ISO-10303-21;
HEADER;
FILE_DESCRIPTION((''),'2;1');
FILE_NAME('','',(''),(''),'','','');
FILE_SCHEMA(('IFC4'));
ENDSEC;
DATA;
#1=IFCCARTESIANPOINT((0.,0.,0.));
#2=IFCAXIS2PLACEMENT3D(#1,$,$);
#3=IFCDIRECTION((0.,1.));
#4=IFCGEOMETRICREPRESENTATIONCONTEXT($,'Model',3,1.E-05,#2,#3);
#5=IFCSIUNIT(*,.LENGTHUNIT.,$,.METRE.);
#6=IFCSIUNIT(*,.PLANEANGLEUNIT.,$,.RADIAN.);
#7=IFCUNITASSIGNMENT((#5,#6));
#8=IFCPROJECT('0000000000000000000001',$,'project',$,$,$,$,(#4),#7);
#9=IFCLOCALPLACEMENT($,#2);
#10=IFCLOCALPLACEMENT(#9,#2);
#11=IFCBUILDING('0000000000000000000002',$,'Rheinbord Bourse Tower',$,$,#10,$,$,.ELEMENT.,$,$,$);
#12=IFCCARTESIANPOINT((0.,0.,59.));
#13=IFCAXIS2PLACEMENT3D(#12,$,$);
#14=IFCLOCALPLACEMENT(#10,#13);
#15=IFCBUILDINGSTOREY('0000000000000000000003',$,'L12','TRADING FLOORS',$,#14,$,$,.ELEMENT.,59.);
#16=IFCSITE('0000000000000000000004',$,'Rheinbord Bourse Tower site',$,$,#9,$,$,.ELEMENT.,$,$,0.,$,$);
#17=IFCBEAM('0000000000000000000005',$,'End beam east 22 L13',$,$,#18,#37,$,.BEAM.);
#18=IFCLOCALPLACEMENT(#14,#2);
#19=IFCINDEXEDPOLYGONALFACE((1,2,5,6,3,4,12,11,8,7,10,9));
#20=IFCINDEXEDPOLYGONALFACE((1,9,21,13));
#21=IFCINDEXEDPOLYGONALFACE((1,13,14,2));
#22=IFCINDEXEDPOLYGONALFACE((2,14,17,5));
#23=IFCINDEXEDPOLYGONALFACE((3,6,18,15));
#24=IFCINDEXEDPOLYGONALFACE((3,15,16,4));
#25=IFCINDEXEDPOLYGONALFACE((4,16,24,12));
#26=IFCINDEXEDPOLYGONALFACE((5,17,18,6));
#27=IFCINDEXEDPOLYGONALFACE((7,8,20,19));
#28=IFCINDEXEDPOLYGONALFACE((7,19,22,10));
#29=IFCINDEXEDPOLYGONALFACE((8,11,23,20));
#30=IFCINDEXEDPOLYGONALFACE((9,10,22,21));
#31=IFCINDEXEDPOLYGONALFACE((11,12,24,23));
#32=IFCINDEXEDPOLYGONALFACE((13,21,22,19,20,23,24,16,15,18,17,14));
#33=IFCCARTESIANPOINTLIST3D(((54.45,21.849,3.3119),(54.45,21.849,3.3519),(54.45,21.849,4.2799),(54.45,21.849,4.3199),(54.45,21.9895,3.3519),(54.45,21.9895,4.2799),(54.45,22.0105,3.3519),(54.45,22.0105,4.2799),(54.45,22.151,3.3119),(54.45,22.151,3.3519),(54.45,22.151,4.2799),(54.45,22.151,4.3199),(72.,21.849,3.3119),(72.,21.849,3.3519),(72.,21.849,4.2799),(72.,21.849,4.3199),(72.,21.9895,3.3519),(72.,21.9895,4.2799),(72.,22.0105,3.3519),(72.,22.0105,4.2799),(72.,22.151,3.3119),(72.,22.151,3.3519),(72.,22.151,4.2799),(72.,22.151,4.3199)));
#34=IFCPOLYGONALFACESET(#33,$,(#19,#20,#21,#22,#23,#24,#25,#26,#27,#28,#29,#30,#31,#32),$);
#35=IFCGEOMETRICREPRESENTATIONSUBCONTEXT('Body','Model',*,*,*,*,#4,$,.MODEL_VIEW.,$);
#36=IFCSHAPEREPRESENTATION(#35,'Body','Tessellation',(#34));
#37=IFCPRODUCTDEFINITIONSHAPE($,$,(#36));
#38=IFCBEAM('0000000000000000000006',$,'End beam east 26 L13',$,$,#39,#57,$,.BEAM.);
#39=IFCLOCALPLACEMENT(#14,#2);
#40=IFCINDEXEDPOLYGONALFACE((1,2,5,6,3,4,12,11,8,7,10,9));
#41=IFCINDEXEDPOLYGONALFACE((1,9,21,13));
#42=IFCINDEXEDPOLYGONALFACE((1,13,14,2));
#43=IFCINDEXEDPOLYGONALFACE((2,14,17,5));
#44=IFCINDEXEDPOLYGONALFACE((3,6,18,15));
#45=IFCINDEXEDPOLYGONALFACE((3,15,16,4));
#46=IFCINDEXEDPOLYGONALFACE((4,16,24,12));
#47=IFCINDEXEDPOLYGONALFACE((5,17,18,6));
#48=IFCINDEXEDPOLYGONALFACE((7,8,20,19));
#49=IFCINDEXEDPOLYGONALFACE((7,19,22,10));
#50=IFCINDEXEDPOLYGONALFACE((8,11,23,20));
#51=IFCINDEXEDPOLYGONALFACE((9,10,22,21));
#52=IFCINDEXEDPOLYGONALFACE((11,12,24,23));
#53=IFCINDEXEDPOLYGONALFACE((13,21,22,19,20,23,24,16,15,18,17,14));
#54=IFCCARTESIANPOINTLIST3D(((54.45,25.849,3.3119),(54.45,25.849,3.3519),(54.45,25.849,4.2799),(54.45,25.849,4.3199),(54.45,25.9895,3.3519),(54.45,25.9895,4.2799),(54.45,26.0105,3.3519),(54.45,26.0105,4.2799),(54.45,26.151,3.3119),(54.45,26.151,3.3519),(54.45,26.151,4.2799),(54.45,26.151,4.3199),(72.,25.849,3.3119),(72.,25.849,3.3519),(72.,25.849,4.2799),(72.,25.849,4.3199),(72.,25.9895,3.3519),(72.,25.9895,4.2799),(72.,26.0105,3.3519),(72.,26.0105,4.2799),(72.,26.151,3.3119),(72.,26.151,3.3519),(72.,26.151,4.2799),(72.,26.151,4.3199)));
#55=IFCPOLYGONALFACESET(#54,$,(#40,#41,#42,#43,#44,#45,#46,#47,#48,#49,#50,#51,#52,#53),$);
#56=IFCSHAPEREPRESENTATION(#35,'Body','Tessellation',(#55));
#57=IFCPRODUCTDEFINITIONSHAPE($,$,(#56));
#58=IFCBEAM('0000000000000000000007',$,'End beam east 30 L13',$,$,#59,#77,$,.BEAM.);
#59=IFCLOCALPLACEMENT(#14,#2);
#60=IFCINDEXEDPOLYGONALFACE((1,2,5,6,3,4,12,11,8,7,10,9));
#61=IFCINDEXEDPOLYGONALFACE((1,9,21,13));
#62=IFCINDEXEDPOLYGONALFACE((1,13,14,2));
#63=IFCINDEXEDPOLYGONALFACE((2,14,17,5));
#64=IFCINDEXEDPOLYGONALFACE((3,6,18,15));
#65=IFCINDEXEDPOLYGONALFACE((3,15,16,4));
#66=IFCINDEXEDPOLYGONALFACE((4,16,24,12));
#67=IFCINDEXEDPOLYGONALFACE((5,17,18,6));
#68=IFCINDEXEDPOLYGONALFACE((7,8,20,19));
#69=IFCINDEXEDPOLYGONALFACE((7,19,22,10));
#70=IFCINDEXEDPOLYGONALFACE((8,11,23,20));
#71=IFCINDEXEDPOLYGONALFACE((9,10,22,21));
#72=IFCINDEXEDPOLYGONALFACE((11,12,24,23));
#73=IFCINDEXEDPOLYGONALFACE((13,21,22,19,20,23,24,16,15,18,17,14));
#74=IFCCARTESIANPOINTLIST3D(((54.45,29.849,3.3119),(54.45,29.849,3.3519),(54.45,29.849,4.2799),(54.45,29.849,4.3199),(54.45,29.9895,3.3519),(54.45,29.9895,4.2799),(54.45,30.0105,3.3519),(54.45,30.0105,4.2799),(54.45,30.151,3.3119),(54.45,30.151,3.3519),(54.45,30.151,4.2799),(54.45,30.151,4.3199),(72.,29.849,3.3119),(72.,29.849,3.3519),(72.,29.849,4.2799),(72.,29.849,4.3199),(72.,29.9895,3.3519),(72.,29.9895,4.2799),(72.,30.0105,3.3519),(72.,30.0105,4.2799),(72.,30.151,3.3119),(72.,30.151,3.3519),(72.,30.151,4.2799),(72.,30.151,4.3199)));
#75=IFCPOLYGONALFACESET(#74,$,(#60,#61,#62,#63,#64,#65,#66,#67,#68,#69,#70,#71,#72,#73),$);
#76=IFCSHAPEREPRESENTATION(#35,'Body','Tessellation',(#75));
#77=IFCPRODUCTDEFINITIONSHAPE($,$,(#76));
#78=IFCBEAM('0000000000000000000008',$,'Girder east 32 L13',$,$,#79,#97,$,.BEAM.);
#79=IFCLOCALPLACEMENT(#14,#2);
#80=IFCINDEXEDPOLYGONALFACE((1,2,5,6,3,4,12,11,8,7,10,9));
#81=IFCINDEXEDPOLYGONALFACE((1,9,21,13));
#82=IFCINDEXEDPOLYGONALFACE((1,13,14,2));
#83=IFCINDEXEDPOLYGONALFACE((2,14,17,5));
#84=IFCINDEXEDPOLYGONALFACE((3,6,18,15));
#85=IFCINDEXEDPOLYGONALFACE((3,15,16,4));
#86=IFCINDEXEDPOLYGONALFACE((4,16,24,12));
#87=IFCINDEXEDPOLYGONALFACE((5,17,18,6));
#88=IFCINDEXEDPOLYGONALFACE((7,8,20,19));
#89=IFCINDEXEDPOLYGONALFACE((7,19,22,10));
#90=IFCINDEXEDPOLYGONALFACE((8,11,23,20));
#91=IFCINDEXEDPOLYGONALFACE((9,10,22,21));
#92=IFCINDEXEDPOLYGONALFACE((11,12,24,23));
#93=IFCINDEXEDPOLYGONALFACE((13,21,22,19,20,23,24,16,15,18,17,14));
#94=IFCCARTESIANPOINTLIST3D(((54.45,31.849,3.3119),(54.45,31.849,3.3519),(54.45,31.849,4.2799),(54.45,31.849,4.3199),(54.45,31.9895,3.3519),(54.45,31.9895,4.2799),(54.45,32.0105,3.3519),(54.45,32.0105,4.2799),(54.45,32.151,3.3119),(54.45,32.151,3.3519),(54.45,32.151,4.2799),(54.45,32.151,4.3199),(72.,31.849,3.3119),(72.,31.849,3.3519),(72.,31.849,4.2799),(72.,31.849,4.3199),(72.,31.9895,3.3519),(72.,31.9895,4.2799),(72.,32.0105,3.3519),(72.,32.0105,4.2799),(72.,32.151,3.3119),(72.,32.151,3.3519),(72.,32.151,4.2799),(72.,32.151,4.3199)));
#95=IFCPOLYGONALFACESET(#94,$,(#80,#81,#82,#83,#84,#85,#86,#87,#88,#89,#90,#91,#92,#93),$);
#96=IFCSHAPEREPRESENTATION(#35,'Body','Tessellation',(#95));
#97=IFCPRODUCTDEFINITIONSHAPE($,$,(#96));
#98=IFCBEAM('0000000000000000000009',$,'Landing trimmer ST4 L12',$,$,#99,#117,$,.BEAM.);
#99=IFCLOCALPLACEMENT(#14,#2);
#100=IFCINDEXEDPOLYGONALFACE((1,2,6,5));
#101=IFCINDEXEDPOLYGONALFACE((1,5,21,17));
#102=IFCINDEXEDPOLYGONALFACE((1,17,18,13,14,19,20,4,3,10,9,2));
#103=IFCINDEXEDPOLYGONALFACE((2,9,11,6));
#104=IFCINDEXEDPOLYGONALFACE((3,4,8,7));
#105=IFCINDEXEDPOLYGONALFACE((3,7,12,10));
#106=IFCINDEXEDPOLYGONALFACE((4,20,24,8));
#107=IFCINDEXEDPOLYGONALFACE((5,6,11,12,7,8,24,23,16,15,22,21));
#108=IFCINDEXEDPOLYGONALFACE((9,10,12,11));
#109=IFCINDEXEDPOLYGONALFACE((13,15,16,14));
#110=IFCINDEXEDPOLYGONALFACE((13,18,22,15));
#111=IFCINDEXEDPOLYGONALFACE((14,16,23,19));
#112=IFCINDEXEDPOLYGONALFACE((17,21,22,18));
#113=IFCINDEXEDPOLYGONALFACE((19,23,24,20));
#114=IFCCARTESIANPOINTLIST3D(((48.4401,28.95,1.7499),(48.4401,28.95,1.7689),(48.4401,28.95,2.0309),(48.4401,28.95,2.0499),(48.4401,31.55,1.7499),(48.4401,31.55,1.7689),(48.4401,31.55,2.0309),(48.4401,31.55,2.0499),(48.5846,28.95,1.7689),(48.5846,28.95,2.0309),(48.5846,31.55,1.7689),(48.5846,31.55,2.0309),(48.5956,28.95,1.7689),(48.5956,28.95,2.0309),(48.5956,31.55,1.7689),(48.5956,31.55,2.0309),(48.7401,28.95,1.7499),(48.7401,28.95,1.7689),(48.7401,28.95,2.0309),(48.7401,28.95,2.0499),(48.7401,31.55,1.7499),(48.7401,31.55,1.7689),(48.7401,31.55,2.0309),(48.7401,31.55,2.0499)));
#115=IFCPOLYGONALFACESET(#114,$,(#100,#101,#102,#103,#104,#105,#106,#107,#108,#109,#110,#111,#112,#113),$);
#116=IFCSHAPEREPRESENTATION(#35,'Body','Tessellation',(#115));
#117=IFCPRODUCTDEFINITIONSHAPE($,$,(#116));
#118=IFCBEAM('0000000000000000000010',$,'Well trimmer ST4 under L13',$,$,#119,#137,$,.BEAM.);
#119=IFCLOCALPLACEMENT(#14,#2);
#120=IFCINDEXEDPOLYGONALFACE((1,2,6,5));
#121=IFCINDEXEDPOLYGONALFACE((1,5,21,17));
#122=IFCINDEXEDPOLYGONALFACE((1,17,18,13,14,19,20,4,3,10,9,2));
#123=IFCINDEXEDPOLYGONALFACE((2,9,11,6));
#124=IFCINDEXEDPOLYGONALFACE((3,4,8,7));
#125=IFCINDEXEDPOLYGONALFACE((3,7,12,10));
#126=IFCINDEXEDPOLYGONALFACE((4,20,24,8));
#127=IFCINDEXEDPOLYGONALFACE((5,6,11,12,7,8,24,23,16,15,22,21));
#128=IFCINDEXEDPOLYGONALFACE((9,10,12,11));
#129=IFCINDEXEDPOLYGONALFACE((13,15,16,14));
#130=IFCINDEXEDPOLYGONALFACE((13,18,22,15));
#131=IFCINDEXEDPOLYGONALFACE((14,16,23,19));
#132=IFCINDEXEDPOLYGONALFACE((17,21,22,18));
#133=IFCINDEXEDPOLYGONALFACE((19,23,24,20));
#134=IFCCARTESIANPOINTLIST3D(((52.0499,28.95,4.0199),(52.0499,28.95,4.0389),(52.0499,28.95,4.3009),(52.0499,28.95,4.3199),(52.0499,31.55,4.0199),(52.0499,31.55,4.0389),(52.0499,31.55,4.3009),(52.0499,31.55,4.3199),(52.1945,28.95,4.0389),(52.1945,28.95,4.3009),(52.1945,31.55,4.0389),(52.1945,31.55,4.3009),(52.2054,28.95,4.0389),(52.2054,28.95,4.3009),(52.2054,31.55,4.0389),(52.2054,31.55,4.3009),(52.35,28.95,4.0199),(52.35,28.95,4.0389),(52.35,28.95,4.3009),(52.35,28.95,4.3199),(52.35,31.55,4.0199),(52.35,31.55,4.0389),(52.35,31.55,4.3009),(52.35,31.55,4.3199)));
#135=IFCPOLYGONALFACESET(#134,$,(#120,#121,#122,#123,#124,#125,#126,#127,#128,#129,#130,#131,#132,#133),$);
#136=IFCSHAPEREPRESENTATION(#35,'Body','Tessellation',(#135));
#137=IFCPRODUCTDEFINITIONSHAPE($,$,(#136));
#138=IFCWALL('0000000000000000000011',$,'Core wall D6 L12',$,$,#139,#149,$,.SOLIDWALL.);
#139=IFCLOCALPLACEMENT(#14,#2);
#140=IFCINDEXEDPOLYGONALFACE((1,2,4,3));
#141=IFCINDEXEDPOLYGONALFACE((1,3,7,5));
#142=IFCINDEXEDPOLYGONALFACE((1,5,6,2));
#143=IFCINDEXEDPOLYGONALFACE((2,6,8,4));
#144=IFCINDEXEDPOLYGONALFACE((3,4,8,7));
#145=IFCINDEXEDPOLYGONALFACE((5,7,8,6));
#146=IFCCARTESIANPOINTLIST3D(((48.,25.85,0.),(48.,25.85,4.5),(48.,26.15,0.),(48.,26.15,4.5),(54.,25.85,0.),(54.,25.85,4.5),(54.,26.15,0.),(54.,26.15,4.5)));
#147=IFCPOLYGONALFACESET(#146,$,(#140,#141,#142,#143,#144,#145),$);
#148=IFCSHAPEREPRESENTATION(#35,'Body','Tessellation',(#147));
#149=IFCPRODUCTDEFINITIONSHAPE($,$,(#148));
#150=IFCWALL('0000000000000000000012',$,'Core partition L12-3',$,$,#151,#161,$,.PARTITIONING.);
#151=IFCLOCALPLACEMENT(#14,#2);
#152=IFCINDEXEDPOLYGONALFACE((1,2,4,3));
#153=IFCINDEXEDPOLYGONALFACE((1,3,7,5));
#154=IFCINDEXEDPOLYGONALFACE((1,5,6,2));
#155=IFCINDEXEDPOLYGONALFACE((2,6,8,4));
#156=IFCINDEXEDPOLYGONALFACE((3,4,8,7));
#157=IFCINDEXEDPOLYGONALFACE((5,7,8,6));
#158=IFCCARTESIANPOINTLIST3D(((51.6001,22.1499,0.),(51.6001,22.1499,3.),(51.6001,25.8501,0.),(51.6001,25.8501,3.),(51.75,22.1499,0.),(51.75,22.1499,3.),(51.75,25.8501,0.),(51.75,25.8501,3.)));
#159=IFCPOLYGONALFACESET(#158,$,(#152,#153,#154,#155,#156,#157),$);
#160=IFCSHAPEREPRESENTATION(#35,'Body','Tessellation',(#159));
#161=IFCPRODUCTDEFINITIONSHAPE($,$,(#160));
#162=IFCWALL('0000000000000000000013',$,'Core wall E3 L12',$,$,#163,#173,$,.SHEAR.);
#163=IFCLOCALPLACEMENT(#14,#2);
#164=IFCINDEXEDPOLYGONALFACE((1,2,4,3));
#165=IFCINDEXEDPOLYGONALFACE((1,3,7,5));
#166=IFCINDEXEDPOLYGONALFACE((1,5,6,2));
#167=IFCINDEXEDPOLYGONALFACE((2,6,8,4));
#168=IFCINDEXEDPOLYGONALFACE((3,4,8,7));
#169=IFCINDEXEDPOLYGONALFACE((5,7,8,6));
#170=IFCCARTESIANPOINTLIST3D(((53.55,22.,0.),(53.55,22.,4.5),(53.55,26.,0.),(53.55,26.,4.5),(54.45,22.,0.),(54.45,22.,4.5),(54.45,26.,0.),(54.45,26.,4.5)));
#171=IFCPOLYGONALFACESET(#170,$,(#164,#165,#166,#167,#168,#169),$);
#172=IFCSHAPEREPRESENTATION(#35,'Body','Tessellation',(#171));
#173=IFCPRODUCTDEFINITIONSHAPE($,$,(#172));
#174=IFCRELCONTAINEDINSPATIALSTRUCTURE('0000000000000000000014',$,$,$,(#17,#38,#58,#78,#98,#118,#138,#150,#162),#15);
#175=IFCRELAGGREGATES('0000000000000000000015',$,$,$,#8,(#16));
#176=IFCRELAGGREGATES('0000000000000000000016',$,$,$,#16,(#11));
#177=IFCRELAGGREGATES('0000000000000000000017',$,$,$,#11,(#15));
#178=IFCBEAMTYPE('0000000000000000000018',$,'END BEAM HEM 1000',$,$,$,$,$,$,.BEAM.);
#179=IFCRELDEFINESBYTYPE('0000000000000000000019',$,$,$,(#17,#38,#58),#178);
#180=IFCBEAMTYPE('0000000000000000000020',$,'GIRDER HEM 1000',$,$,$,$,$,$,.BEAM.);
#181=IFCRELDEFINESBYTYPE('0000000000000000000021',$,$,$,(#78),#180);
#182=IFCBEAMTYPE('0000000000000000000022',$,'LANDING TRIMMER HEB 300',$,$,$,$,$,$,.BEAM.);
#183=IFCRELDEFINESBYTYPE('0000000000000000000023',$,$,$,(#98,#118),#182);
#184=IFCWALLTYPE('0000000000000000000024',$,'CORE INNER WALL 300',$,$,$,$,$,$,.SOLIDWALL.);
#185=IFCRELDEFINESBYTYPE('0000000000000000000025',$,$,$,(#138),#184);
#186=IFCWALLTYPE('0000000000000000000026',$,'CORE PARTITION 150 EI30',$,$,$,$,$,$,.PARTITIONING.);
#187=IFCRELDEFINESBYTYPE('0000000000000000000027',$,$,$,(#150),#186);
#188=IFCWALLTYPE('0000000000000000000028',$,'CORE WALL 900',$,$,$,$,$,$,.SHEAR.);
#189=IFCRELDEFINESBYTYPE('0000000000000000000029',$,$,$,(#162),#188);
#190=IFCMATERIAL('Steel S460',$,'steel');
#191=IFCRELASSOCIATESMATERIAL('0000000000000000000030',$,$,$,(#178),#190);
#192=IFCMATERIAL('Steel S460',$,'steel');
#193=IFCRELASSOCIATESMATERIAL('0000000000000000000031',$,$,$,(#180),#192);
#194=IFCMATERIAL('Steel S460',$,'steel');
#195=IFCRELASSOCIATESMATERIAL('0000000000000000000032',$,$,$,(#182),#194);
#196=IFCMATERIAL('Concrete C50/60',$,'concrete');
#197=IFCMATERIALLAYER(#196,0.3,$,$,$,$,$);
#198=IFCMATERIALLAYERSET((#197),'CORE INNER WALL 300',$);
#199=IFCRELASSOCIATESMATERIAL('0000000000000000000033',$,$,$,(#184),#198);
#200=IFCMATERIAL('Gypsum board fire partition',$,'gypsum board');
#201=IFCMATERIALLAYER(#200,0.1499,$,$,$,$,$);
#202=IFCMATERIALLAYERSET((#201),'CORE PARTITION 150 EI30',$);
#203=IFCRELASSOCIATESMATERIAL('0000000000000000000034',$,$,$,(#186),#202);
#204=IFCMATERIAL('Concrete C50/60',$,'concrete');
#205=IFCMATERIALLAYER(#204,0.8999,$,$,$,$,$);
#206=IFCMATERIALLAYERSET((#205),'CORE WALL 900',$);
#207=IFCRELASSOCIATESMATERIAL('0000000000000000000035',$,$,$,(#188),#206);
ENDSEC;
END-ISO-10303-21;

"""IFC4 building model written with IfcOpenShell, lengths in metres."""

from ifc_helpers import new_model, si_unit, direction, frame, frame_2d, origin, origin_2d, place, context, subcontext, project, spatial, rectangle, i_section, extrude, material, layer, layer_set, material_profile, profile_set, type_object, element, save


model = new_model("IFC4")

# Units and contexts
model_context = context("Model", 3, precision=1e-05, world=origin(), true_north=direction((0.0, 1.0)))
body_context = subcontext(model_context, "Body", "Model", "MODEL_VIEW")
ifc_project = project(units=[si_unit("LENGTHUNIT", "METRE"), si_unit("PLANEANGLEUNIT", "RADIAN")], contexts=[model_context])

# Site, building, storey
site_placement = place(None, origin())
site = spatial("IfcSite", under=ifc_project, at=site_placement, Name="Rheinbord Bourse Tower site", CompositionType="ELEMENT", RefElevation=0.0)
building_placement = place(site_placement, origin())
building = spatial("IfcBuilding", under=site, at=building_placement, Name="Rheinbord Bourse Tower", CompositionType="ELEMENT")
storey_placement = place(building_placement, frame((0.0, 0.0, 59.0)))
storey = spatial("IfcBuildingStorey", under=building, at=storey_placement, Name="L12", Description="TRADING FLOORS", CompositionType="ELEMENT", Elevation=59.0)

# Beams
ifc_material_1 = material(Name="Steel S460", Category="steel")
ifc_material_profile_1 = material_profile(ifc_material_1, i_section(OverallWidth=0.302, OverallDepth=1.0081, WebThickness=0.021, FlangeThickness=0.04, at=origin_2d()), Name="HEM 1000")
ifc_profile_set_1 = profile_set([ifc_material_profile_1], Name="Steel S460")
beam_type_1 = type_object("IfcBeamType", Name="END BEAM HEM 1000", PredefinedType="BEAM", material=ifc_profile_set_1)
for number, where, z_axis, x_axis, name in (
    (1, (54.45, 22.0, 3.8159), (1.0, 0.0, 0.0), (0.0, 1.0, 0.0), "End beam east 22 L13"),
    (2, (54.45, 26.0, 3.8159), (1.0, 0.0, 0.0), (0.0, 1.0, 0.0), "End beam east 26 L13"),
    (3, (54.45, 30.0, 3.8159), (1.0, 0.0, 0.0), (0.0, 1.0, 0.0), "End beam east 30 L13"),
):
    element("IfcBeam", number, at=place(storey_placement, frame(where, z_axis=z_axis, x_axis=x_axis)), inside=storey, type_object=beam_type_1, Name=name, PredefinedType="BEAM", context=body_context, shape_type="SweptSolid", body=[
        extrude(i_section(OverallWidth=0.302, OverallDepth=1.0081, WebThickness=0.021, FlangeThickness=0.04, at=origin_2d()), origin(), (0.0, 0.0, 1.0), 17.55),
    ])
ifc_material_2 = material(Name="Steel S460", Category="steel")
ifc_material_profile_2 = material_profile(ifc_material_2, i_section(OverallWidth=0.302, OverallDepth=1.0081, WebThickness=0.021, FlangeThickness=0.04, at=origin_2d()), Name="HEM 1000")
ifc_profile_set_2 = profile_set([ifc_material_profile_2], Name="Steel S460")
beam_type_2 = type_object("IfcBeamType", Name="GIRDER HEM 1000", PredefinedType="BEAM", material=ifc_profile_set_2)
beam_placement = place(storey_placement, frame((54.45, 32.0, 3.8159), z_axis=(1.0, 0.0, 0.0), x_axis=(0.0, 1.0, 0.0)))
element("IfcBeam", 4, at=beam_placement, inside=storey, type_object=beam_type_2, Name="Girder east 32 L13", PredefinedType="BEAM", context=body_context, shape_type="SweptSolid", body=[
    extrude(i_section(OverallWidth=0.302, OverallDepth=1.0081, WebThickness=0.021, FlangeThickness=0.04, at=origin_2d()), origin(), (0.0, 0.0, 1.0), 17.55),
])
ifc_material_3 = material(Name="Steel S460", Category="steel")
ifc_material_profile_3 = material_profile(ifc_material_3, i_section(OverallWidth=0.3, OverallDepth=0.3, WebThickness=0.011, FlangeThickness=0.019, at=origin_2d()), Name="HEB 300")
ifc_profile_set_3 = profile_set([ifc_material_profile_3], Name="Steel S460")
beam_type_3 = type_object("IfcBeamType", Name="LANDING TRIMMER HEB 300", PredefinedType="BEAM", material=ifc_profile_set_3)
for number, where, z_axis, x_axis, name in (
    (5, (48.5901, 28.95, 1.8999), (0.0, 1.0, 0.0), (-1.0, 0.0, 0.0), "Landing trimmer ST4 L12"),
    (6, (52.2, 28.95, 4.1699), (0.0, 1.0, 0.0), (-1.0, 0.0, 0.0), "Well trimmer ST4 under L13"),
):
    element("IfcBeam", number, at=place(storey_placement, frame(where, z_axis=z_axis, x_axis=x_axis)), inside=storey, type_object=beam_type_3, Name=name, PredefinedType="BEAM", context=body_context, shape_type="SweptSolid", body=[
        extrude(i_section(OverallWidth=0.3, OverallDepth=0.3, WebThickness=0.011, FlangeThickness=0.019, at=origin_2d()), origin(), (0.0, 0.0, 1.0), 2.6001),
    ])

# Walls
ifc_material_4 = material(Name="Concrete C50/60", Category="concrete")
ifc_layer_1 = layer(ifc_material_4, 0.3)
ifc_layer_set_1 = layer_set([ifc_layer_1], Name="CORE INNER WALL 300")
wall_type_1 = type_object("IfcWallType", Name="CORE INNER WALL 300", PredefinedType="SOLIDWALL", material=ifc_layer_set_1)
wall_1_placement = place(storey_placement, frame((48.0, 26.0, 0.0), z_axis=(0.0, 0.0, 1.0), x_axis=(1.0, 0.0, 0.0)))
element("IfcWall", 7, at=wall_1_placement, inside=storey, type_object=wall_type_1, Name="Core wall D6 L12", PredefinedType="SOLIDWALL", context=body_context, shape_type="SweptSolid", body=[
    extrude(rectangle(XDim=6.0, YDim=0.3, at=frame_2d((3.0, 0.0))), origin(), (0.0, 0.0, 1.0), 4.5),
])
ifc_material_5 = material(Name="Gypsum board fire partition", Category="gypsum board")
ifc_layer_2 = layer(ifc_material_5, 0.1499)
ifc_layer_set_2 = layer_set([ifc_layer_2], Name="CORE PARTITION 150 EI30")
wall_type_2 = type_object("IfcWallType", Name="CORE PARTITION 150 EI30", PredefinedType="PARTITIONING", material=ifc_layer_set_2)
wall_2_placement = place(storey_placement, frame((51.675, 22.1499, 0.0), z_axis=(0.0, 0.0, 1.0), x_axis=(0.0, 1.0, 0.0)))
element("IfcWall", 8, at=wall_2_placement, inside=storey, type_object=wall_type_2, Name="Core partition L12-3", PredefinedType="PARTITIONING", context=body_context, shape_type="SweptSolid", body=[
    extrude(rectangle(XDim=3.7002, YDim=0.1499, at=frame_2d((1.8501, 0.0))), origin(), (0.0, 0.0, 1.0), 3.0),
])
ifc_material_6 = material(Name="Concrete C50/60", Category="concrete")
ifc_layer_3 = layer(ifc_material_6, 0.8999)
ifc_layer_set_3 = layer_set([ifc_layer_3], Name="CORE WALL 900")
wall_type_3 = type_object("IfcWallType", Name="CORE WALL 900", PredefinedType="SHEAR", material=ifc_layer_set_3)
wall_3_placement = place(storey_placement, frame((54.0, 22.0, 0.0), z_axis=(0.0, 0.0, 1.0), x_axis=(0.0, 1.0, 0.0)))
element("IfcWall", 9, at=wall_3_placement, inside=storey, type_object=wall_type_3, Name="Core wall E3 L12", PredefinedType="SHEAR", context=body_context, shape_type="SweptSolid", body=[
    extrude(rectangle(XDim=4.0, YDim=0.8999, at=frame_2d((2.0, 0.0))), origin(), (0.0, 0.0, 1.0), 4.5),
])

save(model, "model.ifc")
